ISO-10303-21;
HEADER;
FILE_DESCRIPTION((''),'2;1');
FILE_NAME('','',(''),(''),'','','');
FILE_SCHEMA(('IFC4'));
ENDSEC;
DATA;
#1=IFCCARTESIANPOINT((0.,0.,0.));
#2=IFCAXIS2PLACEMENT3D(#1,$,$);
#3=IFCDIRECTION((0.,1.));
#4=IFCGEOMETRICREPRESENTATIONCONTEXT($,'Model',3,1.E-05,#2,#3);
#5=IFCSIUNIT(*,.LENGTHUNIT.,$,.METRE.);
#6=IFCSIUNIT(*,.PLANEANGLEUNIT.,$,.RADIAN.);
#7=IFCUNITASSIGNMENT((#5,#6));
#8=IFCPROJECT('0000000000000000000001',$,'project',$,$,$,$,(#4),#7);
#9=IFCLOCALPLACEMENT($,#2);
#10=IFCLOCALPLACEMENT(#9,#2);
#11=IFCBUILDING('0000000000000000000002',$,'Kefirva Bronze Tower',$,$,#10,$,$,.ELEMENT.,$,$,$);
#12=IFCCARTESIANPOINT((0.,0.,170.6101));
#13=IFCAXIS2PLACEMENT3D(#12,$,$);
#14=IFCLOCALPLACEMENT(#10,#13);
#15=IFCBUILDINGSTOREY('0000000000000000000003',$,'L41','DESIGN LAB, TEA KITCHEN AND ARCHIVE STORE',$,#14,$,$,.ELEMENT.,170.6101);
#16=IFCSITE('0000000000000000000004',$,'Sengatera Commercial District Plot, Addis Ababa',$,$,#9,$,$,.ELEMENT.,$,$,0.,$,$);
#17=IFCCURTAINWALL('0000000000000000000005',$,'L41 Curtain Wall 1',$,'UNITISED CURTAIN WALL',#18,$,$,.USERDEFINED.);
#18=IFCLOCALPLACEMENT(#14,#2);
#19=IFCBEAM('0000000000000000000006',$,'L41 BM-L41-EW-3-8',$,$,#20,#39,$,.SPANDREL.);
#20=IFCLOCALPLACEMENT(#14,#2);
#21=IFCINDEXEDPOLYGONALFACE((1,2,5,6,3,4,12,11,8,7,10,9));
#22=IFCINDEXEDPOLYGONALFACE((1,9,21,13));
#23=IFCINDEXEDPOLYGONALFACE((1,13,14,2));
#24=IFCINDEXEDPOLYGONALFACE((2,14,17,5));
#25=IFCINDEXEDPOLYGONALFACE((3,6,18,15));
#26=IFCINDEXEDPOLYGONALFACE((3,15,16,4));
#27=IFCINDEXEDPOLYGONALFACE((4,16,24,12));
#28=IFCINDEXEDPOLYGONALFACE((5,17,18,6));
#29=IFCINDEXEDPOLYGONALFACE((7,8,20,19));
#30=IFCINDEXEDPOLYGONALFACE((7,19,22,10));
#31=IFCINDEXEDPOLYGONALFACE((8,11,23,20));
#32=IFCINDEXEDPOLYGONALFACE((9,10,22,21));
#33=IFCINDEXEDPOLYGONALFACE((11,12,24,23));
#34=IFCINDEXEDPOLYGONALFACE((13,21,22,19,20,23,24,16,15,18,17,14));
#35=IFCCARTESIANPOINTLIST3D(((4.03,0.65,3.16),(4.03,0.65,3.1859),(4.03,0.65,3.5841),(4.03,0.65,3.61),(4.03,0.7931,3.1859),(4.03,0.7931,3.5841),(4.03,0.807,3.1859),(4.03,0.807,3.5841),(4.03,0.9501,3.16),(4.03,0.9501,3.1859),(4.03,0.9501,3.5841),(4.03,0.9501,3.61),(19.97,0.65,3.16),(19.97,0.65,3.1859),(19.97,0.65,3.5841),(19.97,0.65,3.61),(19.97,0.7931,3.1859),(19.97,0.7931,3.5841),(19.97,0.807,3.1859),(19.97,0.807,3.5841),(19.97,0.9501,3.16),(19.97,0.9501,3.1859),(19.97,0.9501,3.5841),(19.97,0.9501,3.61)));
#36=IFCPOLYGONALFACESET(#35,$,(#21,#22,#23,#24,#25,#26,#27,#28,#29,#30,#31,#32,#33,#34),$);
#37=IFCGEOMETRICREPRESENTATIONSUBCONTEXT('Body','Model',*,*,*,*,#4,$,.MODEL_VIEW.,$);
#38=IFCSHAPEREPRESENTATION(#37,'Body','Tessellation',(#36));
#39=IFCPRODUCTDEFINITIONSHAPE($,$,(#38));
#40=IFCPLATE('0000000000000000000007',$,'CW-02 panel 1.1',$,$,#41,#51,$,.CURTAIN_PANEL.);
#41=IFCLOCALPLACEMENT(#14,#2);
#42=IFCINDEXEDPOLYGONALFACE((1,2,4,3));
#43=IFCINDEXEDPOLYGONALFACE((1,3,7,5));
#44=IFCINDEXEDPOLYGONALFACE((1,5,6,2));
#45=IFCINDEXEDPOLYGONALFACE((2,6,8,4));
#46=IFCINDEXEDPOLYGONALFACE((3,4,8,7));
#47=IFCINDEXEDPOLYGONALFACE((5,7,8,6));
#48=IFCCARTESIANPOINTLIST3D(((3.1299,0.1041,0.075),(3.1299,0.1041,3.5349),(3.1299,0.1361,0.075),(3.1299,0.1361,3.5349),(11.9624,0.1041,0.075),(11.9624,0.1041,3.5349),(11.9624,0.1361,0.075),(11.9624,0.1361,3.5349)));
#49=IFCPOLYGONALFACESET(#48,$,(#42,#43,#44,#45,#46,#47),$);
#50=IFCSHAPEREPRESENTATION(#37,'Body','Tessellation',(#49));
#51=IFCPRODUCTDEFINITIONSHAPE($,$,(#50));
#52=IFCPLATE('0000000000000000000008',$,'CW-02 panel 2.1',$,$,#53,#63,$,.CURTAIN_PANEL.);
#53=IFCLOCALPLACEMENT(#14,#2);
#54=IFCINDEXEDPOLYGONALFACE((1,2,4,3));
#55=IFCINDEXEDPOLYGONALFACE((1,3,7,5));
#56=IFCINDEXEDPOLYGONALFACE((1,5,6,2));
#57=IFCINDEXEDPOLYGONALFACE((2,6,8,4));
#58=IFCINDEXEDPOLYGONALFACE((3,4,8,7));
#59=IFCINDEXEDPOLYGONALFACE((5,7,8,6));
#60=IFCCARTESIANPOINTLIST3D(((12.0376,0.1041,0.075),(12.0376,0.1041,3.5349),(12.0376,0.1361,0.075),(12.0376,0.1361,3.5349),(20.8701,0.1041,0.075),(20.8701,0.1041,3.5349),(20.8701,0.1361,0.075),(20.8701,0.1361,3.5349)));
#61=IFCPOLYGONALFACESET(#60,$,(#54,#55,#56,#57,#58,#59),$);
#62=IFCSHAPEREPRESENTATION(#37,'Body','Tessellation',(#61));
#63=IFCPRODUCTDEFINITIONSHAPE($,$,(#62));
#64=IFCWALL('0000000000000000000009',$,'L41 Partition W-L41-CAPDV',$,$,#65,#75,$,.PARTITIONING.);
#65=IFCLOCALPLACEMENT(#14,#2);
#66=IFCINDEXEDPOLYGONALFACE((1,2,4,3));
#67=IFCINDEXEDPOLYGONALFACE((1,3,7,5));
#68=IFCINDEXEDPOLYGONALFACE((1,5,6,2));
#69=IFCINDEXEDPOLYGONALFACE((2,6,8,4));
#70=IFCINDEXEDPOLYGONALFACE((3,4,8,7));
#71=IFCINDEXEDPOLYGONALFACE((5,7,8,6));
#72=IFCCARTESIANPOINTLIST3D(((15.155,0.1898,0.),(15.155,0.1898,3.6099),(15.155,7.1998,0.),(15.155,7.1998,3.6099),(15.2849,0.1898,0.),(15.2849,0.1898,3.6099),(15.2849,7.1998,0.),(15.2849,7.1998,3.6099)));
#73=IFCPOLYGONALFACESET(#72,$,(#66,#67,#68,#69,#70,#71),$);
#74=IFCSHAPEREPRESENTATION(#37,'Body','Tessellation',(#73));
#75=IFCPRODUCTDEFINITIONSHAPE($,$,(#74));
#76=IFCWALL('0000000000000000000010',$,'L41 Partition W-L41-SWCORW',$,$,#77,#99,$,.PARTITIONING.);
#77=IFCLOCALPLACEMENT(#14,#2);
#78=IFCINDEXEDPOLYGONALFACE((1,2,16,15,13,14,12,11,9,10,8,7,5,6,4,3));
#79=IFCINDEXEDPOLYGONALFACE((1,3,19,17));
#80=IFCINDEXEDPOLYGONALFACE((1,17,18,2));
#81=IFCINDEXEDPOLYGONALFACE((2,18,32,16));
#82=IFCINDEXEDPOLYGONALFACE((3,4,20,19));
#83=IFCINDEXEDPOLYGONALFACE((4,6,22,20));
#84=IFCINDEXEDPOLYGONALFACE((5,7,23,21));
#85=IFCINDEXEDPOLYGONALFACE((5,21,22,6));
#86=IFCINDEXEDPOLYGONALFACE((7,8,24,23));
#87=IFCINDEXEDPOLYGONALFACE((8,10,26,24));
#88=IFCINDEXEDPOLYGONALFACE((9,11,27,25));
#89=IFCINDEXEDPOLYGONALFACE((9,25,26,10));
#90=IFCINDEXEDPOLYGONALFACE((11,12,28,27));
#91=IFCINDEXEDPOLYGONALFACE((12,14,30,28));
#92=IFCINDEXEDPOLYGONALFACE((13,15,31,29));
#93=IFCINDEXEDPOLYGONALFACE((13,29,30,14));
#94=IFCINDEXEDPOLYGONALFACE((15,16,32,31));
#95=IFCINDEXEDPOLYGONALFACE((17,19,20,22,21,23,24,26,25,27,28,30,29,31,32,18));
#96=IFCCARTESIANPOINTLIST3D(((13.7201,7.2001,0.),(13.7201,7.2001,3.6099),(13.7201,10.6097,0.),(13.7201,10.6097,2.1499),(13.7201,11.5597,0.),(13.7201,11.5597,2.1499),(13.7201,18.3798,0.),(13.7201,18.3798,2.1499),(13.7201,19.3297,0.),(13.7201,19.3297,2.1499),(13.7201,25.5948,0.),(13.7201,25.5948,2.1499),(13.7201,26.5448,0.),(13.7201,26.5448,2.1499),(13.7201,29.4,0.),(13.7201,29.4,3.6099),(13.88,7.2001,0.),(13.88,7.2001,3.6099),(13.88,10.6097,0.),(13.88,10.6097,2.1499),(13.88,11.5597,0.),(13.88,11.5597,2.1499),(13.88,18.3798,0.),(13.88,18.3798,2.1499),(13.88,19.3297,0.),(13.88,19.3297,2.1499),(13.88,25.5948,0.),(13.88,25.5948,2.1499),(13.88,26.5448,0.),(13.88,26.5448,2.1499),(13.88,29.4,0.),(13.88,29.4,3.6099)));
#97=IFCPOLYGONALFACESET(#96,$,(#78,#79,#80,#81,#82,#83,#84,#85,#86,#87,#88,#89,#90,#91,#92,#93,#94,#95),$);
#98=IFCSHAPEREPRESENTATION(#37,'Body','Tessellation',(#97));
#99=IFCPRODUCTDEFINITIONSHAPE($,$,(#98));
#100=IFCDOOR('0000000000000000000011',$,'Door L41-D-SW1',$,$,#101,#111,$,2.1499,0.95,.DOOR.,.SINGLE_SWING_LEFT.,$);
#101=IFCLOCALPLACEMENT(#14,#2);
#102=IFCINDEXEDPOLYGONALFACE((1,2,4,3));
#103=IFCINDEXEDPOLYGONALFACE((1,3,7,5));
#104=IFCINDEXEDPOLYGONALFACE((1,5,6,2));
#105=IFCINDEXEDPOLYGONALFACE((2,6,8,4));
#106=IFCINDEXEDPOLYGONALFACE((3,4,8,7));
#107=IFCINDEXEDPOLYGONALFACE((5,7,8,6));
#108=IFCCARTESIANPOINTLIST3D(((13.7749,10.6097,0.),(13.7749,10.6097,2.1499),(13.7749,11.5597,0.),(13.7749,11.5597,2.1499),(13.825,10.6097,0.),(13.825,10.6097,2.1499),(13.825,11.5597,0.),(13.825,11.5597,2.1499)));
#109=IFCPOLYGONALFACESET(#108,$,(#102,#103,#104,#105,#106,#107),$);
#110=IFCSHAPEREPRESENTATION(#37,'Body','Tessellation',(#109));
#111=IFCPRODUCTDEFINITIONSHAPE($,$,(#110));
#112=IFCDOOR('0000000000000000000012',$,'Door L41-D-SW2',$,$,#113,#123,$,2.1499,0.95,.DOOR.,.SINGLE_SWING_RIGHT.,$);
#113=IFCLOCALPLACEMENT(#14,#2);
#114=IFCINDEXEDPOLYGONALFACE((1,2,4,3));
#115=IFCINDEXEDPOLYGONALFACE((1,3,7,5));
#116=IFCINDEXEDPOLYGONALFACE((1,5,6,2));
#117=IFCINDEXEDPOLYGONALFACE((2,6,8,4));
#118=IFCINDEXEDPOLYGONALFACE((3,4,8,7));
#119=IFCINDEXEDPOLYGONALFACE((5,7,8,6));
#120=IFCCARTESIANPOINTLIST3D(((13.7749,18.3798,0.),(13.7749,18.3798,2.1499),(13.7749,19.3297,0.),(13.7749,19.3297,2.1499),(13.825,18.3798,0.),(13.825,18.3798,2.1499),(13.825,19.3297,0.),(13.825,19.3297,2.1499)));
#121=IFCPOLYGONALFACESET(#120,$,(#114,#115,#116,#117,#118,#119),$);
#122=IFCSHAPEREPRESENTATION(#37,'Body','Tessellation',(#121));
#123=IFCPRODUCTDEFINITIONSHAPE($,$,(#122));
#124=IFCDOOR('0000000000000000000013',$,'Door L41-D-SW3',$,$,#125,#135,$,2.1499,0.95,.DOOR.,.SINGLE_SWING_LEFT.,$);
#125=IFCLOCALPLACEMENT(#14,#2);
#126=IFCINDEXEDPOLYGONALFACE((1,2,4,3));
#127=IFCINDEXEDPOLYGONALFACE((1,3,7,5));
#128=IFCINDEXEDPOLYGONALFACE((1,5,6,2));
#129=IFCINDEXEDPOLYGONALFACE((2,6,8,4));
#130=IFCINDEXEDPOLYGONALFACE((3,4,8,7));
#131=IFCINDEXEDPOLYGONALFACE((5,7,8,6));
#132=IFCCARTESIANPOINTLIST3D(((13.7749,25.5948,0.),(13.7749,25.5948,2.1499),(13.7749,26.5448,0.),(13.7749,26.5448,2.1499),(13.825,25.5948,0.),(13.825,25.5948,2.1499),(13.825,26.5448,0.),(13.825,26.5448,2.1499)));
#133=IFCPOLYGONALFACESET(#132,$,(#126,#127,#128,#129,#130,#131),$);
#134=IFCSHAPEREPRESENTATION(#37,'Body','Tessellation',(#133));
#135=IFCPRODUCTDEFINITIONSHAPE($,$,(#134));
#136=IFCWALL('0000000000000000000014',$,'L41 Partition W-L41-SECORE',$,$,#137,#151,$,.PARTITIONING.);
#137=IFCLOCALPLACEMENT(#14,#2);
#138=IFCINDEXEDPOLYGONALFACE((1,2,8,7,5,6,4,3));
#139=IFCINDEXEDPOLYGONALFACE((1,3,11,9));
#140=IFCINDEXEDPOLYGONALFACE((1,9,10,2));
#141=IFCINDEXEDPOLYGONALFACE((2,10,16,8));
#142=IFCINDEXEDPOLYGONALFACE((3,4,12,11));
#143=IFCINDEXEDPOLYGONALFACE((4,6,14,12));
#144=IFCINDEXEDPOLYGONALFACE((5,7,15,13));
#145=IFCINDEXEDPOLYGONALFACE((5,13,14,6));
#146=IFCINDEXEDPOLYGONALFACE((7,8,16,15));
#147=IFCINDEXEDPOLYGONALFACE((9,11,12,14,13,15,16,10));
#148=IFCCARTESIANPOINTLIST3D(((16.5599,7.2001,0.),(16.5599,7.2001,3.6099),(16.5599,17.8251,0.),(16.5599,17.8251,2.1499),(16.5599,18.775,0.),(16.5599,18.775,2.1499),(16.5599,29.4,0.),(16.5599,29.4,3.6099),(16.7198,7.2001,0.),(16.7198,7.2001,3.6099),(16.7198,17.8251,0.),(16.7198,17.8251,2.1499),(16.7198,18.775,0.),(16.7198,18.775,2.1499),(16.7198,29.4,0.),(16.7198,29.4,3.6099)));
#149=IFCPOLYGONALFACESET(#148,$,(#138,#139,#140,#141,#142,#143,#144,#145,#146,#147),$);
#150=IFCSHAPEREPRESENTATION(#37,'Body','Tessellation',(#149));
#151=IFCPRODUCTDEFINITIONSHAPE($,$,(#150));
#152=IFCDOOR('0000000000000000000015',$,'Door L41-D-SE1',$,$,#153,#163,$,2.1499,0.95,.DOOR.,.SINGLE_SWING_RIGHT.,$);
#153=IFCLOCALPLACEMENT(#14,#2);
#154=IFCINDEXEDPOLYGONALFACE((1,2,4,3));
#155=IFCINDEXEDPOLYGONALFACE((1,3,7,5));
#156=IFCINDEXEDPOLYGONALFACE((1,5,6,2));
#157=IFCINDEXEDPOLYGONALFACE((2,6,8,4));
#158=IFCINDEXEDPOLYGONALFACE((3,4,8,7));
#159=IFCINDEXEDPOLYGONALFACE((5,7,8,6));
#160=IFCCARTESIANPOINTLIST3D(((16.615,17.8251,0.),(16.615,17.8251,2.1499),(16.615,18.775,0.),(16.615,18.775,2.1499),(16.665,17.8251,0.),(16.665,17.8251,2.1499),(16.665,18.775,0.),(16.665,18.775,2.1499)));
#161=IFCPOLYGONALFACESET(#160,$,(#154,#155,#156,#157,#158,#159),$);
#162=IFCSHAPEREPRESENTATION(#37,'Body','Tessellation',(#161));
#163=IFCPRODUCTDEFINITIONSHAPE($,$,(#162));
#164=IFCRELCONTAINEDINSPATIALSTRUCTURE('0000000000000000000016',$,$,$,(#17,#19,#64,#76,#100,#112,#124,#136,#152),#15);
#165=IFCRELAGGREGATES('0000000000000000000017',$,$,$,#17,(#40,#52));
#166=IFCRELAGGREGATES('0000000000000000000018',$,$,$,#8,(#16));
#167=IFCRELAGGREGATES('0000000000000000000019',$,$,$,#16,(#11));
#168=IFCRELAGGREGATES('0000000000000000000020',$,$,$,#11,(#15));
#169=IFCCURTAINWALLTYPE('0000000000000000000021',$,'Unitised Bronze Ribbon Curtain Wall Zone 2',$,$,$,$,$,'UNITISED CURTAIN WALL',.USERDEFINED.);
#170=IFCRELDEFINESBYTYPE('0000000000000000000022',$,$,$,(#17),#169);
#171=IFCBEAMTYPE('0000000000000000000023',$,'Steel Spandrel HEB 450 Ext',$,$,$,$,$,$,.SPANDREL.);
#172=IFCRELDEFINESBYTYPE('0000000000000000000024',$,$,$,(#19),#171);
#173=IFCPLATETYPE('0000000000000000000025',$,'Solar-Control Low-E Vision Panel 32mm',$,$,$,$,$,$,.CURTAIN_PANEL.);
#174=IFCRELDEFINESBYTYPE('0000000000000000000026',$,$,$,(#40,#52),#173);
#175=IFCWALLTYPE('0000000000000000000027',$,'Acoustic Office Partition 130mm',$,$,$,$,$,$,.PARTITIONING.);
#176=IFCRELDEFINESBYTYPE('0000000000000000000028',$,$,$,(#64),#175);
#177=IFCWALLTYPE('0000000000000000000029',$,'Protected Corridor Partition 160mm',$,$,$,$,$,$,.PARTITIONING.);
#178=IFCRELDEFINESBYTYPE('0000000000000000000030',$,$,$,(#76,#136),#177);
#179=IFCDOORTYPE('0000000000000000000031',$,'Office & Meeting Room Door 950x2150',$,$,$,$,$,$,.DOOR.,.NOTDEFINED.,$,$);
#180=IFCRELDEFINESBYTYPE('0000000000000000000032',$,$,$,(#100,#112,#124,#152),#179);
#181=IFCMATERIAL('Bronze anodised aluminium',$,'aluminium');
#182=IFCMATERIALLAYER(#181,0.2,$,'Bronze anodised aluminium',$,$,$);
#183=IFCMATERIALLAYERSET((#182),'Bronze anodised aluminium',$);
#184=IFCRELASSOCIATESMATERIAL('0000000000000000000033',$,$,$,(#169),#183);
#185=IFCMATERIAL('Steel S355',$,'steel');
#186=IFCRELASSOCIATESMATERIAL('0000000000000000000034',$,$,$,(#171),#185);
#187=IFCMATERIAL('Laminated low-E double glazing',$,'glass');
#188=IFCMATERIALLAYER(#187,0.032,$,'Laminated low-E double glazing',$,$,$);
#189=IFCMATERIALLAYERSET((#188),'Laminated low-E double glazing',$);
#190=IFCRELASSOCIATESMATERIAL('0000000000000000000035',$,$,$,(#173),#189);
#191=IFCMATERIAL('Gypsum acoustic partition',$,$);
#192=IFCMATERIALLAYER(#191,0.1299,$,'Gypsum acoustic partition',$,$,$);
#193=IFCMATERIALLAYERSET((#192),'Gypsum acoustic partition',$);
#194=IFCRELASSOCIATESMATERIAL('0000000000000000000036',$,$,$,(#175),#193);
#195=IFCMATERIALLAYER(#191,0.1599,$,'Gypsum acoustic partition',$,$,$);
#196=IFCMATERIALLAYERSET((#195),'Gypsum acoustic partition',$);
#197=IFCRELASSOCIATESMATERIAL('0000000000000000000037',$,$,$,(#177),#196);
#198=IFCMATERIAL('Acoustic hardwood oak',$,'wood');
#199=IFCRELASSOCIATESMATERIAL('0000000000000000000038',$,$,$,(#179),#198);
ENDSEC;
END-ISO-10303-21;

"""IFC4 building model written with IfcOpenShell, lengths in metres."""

from ifc_helpers import new_model, si_unit, direction, frame, frame_2d, origin, origin_2d, place, context, subcontext, project, spatial, rectangle, i_section, extrude, material, layer, layer_set, material_profile, profile_set, type_object, element, fill, aggregate, save


model = new_model("IFC4")

# Units and contexts
model_context = context("Model", 3, precision=1e-05, world=origin(), true_north=direction((0.0, 1.0)))
body_context = subcontext(model_context, "Body", "Model", "MODEL_VIEW")
ifc_project = project(units=[si_unit("LENGTHUNIT", "METRE"), si_unit("PLANEANGLEUNIT", "RADIAN")], contexts=[model_context])

# Site, building, storey
site_placement = place(None, origin())
site = spatial("IfcSite", under=ifc_project, at=site_placement, Name="Sengatera Commercial District Plot, Addis Ababa", CompositionType="ELEMENT", RefElevation=0.0)
building_placement = place(site_placement, origin())
building = spatial("IfcBuilding", under=site, at=building_placement, Name="Kefirva Bronze Tower", CompositionType="ELEMENT")
storey_placement = place(building_placement, frame((0.0, 0.0, 170.6101)))
storey = spatial("IfcBuildingStorey", under=building, at=storey_placement, Name="L41", Description="DESIGN LAB, TEA KITCHEN AND ARCHIVE STORE", CompositionType="ELEMENT", Elevation=170.6101)

# Curtain wall
ifc_material_1 = material(Name="Bronze anodised aluminium", Category="aluminium")
ifc_layer_1 = layer(ifc_material_1, 0.2, Name="Bronze anodised aluminium")
ifc_layer_set_1 = layer_set([ifc_layer_1], Name="Bronze anodised aluminium")
curtain_wall_type = type_object("IfcCurtainWallType", Name="Unitised Bronze Ribbon Curtain Wall Zone 2", ElementType="UNITISED CURTAIN WALL", PredefinedType="USERDEFINED", material=ifc_layer_set_1)
curtain_wall_placement = place(storey_placement, origin())
curtain_wall = element("IfcCurtainWall", 1, at=curtain_wall_placement, inside=storey, type_object=curtain_wall_type, Name="L41 Curtain Wall 1", ObjectType="UNITISED CURTAIN WALL", PredefinedType="USERDEFINED")

# Beam
ifc_material_2 = material(Name="Steel S355", Category="steel")
ifc_material_profile_1 = material_profile(ifc_material_2, i_section(OverallWidth=0.3, OverallDepth=0.45, WebThickness=0.0139, FlangeThickness=0.0259, at=origin_2d()), Name="HEB 450")
ifc_profile_set_1 = profile_set([ifc_material_profile_1], Name="Steel S355")
beam_type_1 = type_object("IfcBeamType", Name="Steel Spandrel HEB 450 Ext", PredefinedType="SPANDREL", material=ifc_profile_set_1)
beam_1_placement = place(storey_placement, frame((4.03, 0.8, 3.385), z_axis=(1.0, 0.0, 0.0), x_axis=(0.0, 1.0, 0.0)))
element("IfcBeam", 2, at=beam_1_placement, inside=storey, type_object=beam_type_1, Name="L41 BM-L41-EW-3-8", PredefinedType="SPANDREL", context=body_context, shape_type="SweptSolid", body=[
    extrude(i_section(OverallWidth=0.3, OverallDepth=0.45, WebThickness=0.0139, FlangeThickness=0.0259, at=origin_2d()), origin(), (0.0, 0.0, 1.0), 15.9399),
])

# Plates
ifc_material_3 = material(Name="Laminated low-E double glazing", Category="glass")
ifc_layer_2 = layer(ifc_material_3, 0.032, Name="Laminated low-E double glazing")
ifc_layer_set_2 = layer_set([ifc_layer_2], Name="Laminated low-E double glazing")
plate_type = type_object("IfcPlateType", Name="Solar-Control Low-E Vision Panel 32mm", PredefinedType="CURTAIN_PANEL", material=ifc_layer_set_2)
plate_1_placement = place(storey_placement, frame((7.5461, 0.1201, 0.075), z_axis=(0.0, 0.0, 1.0), x_axis=(1.0, 0.0, 0.0)))
plate_1 = element("IfcPlate", 3, at=plate_1_placement, type_object=plate_type, Name="CW-02 panel 1.1", PredefinedType="CURTAIN_PANEL", context=body_context, shape_type="SweptSolid", body=[
    extrude(rectangle(XDim=8.8325, YDim=0.032, at=origin_2d()), origin(), (0.0, 0.0, 1.0), 3.46),
])
plate_2_placement = place(storey_placement, frame((16.4539, 0.1201, 0.075), z_axis=(0.0, 0.0, 1.0), x_axis=(1.0, 0.0, 0.0)))
plate_2 = element("IfcPlate", 4, at=plate_2_placement, type_object=plate_type, Name="CW-02 panel 2.1", PredefinedType="CURTAIN_PANEL", context=body_context, shape_type="SweptSolid", body=[
    extrude(rectangle(XDim=8.8325, YDim=0.032, at=origin_2d()), origin(), (0.0, 0.0, 1.0), 3.46),
])
aggregate(curtain_wall, [plate_1, plate_2])

# Wall
ifc_material_4 = material(Name="Gypsum acoustic partition")
ifc_layer_3 = layer(ifc_material_4, 0.1299, Name="Gypsum acoustic partition")
ifc_layer_set_3 = layer_set([ifc_layer_3], Name="Gypsum acoustic partition")
wall_type_1 = type_object("IfcWallType", Name="Acoustic Office Partition 130mm", PredefinedType="PARTITIONING", material=ifc_layer_set_3)
wall_1_placement = place(storey_placement, frame((15.22, 0.1899, 0.0), z_axis=(0.0, 0.0, 1.0), x_axis=(0.0, 1.0, 0.0)))
element("IfcWall", 5, at=wall_1_placement, inside=storey, type_object=wall_type_1, Name="L41 Partition W-L41-CAPDV", PredefinedType="PARTITIONING", context=body_context, shape_type="SweptSolid", body=[
    extrude(rectangle(XDim=7.01, YDim=0.1299, at=frame_2d((3.5049, 0.0))), origin(), (0.0, 0.0, 1.0), 3.6099),
])

# Wall, openings, doors
ifc_layer_4 = layer(ifc_material_4, 0.1599, Name="Gypsum acoustic partition")
ifc_layer_set_4 = layer_set([ifc_layer_4], Name="Gypsum acoustic partition")
wall_type_2 = type_object("IfcWallType", Name="Protected Corridor Partition 160mm", PredefinedType="PARTITIONING", material=ifc_layer_set_4)
wall_2_placement = place(storey_placement, frame((13.8, 7.2, 0.0), z_axis=(0.0, 0.0, 1.0), x_axis=(0.0, 1.0, 0.0)))
wall_2 = element("IfcWall", 6, at=wall_2_placement, inside=storey, type_object=wall_type_2, Name="L41 Partition W-L41-SWCORW", PredefinedType="PARTITIONING", context=body_context, shape_type="SweptSolid", body=[
    extrude(rectangle(XDim=22.2, YDim=0.1599, at=frame_2d((11.1001, 0.0))), origin(), (0.0, 0.0, 1.0), 3.6099),
])
opening_1_placement = place(wall_2_placement, frame((4.3599, 0.0, 0.0), z_axis=(0.0, 0.0, 1.0), x_axis=(-1.0, 0.0, 0.0)))
opening_1 = element("IfcOpeningElement", 7, at=opening_1_placement, cuts=wall_2, PredefinedType="OPENING", context=body_context, shape_type="SweptSolid", body=[
    extrude(rectangle(XDim=0.95, YDim=2.1499, at=frame_2d((0.4751, 1.075))), frame((0.0, 0.0898, 0.0), z_axis=(0.0, -1.0, 0.0), x_axis=(1.0, 0.0, 0.0)), (0.0, 0.0, 1.0), 0.1799),
])
opening_2_placement = place(wall_2_placement, frame((12.1299, 0.0, 0.0), z_axis=(0.0, 0.0, 1.0), x_axis=(-1.0, 0.0, 0.0)))
opening_2 = element("IfcOpeningElement", 8, at=opening_2_placement, cuts=wall_2, PredefinedType="OPENING", context=body_context, shape_type="SweptSolid", body=[
    extrude(rectangle(XDim=0.95, YDim=2.1499, at=frame_2d((0.4751, 1.075))), frame((0.0, 0.0898, 0.0), z_axis=(0.0, -1.0, 0.0), x_axis=(1.0, 0.0, 0.0)), (0.0, 0.0, 1.0), 0.1799),
])
opening_3_placement = place(wall_2_placement, frame((19.345, 0.0, 0.0), z_axis=(0.0, 0.0, 1.0), x_axis=(-1.0, 0.0, 0.0)))
opening_3 = element("IfcOpeningElement", 9, at=opening_3_placement, cuts=wall_2, PredefinedType="OPENING", context=body_context, shape_type="SweptSolid", body=[
    extrude(rectangle(XDim=0.95, YDim=2.1499, at=frame_2d((0.4751, 1.075))), frame((0.0, 0.0898, 0.0), z_axis=(0.0, -1.0, 0.0), x_axis=(1.0, 0.0, 0.0)), (0.0, 0.0, 1.0), 0.1799),
])
ifc_material_5 = material(Name="Acoustic hardwood oak", Category="wood")
door_type = type_object("IfcDoorType", Name="Office & Meeting Room Door 950x2150", OperationType="NOTDEFINED", PredefinedType="DOOR", material=ifc_material_5)
door_1_placement = place(opening_1_placement, origin())
door_1 = element("IfcDoor", 10, at=door_1_placement, inside=storey, type_object=door_type, Name="Door L41-D-SW1", OperationType="SINGLE_SWING_LEFT", OverallHeight=2.1499, OverallWidth=0.95, PredefinedType="DOOR", context=body_context, shape_type="SweptSolid", body=[
    extrude(rectangle(XDim=0.95, YDim=2.1499, at=frame_2d((0.4751, 1.075))), frame((0.0, 0.0249, 0.0), z_axis=(0.0, -1.0, 0.0), x_axis=(1.0, 0.0, 0.0)), (0.0, 0.0, 1.0), 0.05),
])
fill(opening_1, door_1)
door_2_placement = place(opening_2_placement, origin())
door_2 = element("IfcDoor", 11, at=door_2_placement, inside=storey, type_object=door_type, Name="Door L41-D-SW2", OperationType="SINGLE_SWING_RIGHT", OverallHeight=2.1499, OverallWidth=0.95, PredefinedType="DOOR", context=body_context, shape_type="SweptSolid", body=[
    extrude(rectangle(XDim=0.95, YDim=2.1499, at=frame_2d((0.4751, 1.075))), frame((0.0, 0.0249, 0.0), z_axis=(0.0, -1.0, 0.0), x_axis=(1.0, 0.0, 0.0)), (0.0, 0.0, 1.0), 0.05),
])
fill(opening_2, door_2)
door_3_placement = place(opening_3_placement, origin())
door_3 = element("IfcDoor", 12, at=door_3_placement, inside=storey, type_object=door_type, Name="Door L41-D-SW3", OperationType="SINGLE_SWING_LEFT", OverallHeight=2.1499, OverallWidth=0.95, PredefinedType="DOOR", context=body_context, shape_type="SweptSolid", body=[
    extrude(rectangle(XDim=0.95, YDim=2.1499, at=frame_2d((0.4751, 1.075))), frame((0.0, 0.0249, 0.0), z_axis=(0.0, -1.0, 0.0), x_axis=(1.0, 0.0, 0.0)), (0.0, 0.0, 1.0), 0.05),
])
fill(opening_3, door_3)

# Wall, opening, door
wall_3_placement = place(storey_placement, frame((16.6399, 7.2, 0.0), z_axis=(0.0, 0.0, 1.0), x_axis=(0.0, 1.0, 0.0)))
wall_3 = element("IfcWall", 13, at=wall_3_placement, inside=storey, type_object=wall_type_2, Name="L41 Partition W-L41-SECORE", PredefinedType="PARTITIONING", context=body_context, shape_type="SweptSolid", body=[
    extrude(rectangle(XDim=22.2, YDim=0.1599, at=frame_2d((11.1001, 0.0))), origin(), (0.0, 0.0, 1.0), 3.6099),
])
opening_4_placement = place(wall_3_placement, frame((10.625, 0.0, 0.0)))
opening_4 = element("IfcOpeningElement", 14, at=opening_4_placement, cuts=wall_3, PredefinedType="OPENING", context=body_context, shape_type="SweptSolid", body=[
    extrude(rectangle(XDim=0.95, YDim=2.1499, at=frame_2d((0.4751, 1.075))), frame((0.0, 0.0898, 0.0), z_axis=(0.0, -1.0, 0.0), x_axis=(1.0, 0.0, 0.0)), (0.0, 0.0, 1.0), 0.1799),
])
door_4_placement = place(opening_4_placement, origin())
door_4 = element("IfcDoor", 15, at=door_4_placement, inside=storey, type_object=door_type, Name="Door L41-D-SE1", OperationType="SINGLE_SWING_RIGHT", OverallHeight=2.1499, OverallWidth=0.95, PredefinedType="DOOR", context=body_context, shape_type="SweptSolid", body=[
    extrude(rectangle(XDim=0.95, YDim=2.1499, at=frame_2d((0.4751, 1.075))), frame((0.0, 0.0249, 0.0), z_axis=(0.0, -1.0, 0.0), x_axis=(1.0, 0.0, 0.0)), (0.0, 0.0, 1.0), 0.05),
])
fill(opening_4, door_4)

save(model, "model.ifc")
